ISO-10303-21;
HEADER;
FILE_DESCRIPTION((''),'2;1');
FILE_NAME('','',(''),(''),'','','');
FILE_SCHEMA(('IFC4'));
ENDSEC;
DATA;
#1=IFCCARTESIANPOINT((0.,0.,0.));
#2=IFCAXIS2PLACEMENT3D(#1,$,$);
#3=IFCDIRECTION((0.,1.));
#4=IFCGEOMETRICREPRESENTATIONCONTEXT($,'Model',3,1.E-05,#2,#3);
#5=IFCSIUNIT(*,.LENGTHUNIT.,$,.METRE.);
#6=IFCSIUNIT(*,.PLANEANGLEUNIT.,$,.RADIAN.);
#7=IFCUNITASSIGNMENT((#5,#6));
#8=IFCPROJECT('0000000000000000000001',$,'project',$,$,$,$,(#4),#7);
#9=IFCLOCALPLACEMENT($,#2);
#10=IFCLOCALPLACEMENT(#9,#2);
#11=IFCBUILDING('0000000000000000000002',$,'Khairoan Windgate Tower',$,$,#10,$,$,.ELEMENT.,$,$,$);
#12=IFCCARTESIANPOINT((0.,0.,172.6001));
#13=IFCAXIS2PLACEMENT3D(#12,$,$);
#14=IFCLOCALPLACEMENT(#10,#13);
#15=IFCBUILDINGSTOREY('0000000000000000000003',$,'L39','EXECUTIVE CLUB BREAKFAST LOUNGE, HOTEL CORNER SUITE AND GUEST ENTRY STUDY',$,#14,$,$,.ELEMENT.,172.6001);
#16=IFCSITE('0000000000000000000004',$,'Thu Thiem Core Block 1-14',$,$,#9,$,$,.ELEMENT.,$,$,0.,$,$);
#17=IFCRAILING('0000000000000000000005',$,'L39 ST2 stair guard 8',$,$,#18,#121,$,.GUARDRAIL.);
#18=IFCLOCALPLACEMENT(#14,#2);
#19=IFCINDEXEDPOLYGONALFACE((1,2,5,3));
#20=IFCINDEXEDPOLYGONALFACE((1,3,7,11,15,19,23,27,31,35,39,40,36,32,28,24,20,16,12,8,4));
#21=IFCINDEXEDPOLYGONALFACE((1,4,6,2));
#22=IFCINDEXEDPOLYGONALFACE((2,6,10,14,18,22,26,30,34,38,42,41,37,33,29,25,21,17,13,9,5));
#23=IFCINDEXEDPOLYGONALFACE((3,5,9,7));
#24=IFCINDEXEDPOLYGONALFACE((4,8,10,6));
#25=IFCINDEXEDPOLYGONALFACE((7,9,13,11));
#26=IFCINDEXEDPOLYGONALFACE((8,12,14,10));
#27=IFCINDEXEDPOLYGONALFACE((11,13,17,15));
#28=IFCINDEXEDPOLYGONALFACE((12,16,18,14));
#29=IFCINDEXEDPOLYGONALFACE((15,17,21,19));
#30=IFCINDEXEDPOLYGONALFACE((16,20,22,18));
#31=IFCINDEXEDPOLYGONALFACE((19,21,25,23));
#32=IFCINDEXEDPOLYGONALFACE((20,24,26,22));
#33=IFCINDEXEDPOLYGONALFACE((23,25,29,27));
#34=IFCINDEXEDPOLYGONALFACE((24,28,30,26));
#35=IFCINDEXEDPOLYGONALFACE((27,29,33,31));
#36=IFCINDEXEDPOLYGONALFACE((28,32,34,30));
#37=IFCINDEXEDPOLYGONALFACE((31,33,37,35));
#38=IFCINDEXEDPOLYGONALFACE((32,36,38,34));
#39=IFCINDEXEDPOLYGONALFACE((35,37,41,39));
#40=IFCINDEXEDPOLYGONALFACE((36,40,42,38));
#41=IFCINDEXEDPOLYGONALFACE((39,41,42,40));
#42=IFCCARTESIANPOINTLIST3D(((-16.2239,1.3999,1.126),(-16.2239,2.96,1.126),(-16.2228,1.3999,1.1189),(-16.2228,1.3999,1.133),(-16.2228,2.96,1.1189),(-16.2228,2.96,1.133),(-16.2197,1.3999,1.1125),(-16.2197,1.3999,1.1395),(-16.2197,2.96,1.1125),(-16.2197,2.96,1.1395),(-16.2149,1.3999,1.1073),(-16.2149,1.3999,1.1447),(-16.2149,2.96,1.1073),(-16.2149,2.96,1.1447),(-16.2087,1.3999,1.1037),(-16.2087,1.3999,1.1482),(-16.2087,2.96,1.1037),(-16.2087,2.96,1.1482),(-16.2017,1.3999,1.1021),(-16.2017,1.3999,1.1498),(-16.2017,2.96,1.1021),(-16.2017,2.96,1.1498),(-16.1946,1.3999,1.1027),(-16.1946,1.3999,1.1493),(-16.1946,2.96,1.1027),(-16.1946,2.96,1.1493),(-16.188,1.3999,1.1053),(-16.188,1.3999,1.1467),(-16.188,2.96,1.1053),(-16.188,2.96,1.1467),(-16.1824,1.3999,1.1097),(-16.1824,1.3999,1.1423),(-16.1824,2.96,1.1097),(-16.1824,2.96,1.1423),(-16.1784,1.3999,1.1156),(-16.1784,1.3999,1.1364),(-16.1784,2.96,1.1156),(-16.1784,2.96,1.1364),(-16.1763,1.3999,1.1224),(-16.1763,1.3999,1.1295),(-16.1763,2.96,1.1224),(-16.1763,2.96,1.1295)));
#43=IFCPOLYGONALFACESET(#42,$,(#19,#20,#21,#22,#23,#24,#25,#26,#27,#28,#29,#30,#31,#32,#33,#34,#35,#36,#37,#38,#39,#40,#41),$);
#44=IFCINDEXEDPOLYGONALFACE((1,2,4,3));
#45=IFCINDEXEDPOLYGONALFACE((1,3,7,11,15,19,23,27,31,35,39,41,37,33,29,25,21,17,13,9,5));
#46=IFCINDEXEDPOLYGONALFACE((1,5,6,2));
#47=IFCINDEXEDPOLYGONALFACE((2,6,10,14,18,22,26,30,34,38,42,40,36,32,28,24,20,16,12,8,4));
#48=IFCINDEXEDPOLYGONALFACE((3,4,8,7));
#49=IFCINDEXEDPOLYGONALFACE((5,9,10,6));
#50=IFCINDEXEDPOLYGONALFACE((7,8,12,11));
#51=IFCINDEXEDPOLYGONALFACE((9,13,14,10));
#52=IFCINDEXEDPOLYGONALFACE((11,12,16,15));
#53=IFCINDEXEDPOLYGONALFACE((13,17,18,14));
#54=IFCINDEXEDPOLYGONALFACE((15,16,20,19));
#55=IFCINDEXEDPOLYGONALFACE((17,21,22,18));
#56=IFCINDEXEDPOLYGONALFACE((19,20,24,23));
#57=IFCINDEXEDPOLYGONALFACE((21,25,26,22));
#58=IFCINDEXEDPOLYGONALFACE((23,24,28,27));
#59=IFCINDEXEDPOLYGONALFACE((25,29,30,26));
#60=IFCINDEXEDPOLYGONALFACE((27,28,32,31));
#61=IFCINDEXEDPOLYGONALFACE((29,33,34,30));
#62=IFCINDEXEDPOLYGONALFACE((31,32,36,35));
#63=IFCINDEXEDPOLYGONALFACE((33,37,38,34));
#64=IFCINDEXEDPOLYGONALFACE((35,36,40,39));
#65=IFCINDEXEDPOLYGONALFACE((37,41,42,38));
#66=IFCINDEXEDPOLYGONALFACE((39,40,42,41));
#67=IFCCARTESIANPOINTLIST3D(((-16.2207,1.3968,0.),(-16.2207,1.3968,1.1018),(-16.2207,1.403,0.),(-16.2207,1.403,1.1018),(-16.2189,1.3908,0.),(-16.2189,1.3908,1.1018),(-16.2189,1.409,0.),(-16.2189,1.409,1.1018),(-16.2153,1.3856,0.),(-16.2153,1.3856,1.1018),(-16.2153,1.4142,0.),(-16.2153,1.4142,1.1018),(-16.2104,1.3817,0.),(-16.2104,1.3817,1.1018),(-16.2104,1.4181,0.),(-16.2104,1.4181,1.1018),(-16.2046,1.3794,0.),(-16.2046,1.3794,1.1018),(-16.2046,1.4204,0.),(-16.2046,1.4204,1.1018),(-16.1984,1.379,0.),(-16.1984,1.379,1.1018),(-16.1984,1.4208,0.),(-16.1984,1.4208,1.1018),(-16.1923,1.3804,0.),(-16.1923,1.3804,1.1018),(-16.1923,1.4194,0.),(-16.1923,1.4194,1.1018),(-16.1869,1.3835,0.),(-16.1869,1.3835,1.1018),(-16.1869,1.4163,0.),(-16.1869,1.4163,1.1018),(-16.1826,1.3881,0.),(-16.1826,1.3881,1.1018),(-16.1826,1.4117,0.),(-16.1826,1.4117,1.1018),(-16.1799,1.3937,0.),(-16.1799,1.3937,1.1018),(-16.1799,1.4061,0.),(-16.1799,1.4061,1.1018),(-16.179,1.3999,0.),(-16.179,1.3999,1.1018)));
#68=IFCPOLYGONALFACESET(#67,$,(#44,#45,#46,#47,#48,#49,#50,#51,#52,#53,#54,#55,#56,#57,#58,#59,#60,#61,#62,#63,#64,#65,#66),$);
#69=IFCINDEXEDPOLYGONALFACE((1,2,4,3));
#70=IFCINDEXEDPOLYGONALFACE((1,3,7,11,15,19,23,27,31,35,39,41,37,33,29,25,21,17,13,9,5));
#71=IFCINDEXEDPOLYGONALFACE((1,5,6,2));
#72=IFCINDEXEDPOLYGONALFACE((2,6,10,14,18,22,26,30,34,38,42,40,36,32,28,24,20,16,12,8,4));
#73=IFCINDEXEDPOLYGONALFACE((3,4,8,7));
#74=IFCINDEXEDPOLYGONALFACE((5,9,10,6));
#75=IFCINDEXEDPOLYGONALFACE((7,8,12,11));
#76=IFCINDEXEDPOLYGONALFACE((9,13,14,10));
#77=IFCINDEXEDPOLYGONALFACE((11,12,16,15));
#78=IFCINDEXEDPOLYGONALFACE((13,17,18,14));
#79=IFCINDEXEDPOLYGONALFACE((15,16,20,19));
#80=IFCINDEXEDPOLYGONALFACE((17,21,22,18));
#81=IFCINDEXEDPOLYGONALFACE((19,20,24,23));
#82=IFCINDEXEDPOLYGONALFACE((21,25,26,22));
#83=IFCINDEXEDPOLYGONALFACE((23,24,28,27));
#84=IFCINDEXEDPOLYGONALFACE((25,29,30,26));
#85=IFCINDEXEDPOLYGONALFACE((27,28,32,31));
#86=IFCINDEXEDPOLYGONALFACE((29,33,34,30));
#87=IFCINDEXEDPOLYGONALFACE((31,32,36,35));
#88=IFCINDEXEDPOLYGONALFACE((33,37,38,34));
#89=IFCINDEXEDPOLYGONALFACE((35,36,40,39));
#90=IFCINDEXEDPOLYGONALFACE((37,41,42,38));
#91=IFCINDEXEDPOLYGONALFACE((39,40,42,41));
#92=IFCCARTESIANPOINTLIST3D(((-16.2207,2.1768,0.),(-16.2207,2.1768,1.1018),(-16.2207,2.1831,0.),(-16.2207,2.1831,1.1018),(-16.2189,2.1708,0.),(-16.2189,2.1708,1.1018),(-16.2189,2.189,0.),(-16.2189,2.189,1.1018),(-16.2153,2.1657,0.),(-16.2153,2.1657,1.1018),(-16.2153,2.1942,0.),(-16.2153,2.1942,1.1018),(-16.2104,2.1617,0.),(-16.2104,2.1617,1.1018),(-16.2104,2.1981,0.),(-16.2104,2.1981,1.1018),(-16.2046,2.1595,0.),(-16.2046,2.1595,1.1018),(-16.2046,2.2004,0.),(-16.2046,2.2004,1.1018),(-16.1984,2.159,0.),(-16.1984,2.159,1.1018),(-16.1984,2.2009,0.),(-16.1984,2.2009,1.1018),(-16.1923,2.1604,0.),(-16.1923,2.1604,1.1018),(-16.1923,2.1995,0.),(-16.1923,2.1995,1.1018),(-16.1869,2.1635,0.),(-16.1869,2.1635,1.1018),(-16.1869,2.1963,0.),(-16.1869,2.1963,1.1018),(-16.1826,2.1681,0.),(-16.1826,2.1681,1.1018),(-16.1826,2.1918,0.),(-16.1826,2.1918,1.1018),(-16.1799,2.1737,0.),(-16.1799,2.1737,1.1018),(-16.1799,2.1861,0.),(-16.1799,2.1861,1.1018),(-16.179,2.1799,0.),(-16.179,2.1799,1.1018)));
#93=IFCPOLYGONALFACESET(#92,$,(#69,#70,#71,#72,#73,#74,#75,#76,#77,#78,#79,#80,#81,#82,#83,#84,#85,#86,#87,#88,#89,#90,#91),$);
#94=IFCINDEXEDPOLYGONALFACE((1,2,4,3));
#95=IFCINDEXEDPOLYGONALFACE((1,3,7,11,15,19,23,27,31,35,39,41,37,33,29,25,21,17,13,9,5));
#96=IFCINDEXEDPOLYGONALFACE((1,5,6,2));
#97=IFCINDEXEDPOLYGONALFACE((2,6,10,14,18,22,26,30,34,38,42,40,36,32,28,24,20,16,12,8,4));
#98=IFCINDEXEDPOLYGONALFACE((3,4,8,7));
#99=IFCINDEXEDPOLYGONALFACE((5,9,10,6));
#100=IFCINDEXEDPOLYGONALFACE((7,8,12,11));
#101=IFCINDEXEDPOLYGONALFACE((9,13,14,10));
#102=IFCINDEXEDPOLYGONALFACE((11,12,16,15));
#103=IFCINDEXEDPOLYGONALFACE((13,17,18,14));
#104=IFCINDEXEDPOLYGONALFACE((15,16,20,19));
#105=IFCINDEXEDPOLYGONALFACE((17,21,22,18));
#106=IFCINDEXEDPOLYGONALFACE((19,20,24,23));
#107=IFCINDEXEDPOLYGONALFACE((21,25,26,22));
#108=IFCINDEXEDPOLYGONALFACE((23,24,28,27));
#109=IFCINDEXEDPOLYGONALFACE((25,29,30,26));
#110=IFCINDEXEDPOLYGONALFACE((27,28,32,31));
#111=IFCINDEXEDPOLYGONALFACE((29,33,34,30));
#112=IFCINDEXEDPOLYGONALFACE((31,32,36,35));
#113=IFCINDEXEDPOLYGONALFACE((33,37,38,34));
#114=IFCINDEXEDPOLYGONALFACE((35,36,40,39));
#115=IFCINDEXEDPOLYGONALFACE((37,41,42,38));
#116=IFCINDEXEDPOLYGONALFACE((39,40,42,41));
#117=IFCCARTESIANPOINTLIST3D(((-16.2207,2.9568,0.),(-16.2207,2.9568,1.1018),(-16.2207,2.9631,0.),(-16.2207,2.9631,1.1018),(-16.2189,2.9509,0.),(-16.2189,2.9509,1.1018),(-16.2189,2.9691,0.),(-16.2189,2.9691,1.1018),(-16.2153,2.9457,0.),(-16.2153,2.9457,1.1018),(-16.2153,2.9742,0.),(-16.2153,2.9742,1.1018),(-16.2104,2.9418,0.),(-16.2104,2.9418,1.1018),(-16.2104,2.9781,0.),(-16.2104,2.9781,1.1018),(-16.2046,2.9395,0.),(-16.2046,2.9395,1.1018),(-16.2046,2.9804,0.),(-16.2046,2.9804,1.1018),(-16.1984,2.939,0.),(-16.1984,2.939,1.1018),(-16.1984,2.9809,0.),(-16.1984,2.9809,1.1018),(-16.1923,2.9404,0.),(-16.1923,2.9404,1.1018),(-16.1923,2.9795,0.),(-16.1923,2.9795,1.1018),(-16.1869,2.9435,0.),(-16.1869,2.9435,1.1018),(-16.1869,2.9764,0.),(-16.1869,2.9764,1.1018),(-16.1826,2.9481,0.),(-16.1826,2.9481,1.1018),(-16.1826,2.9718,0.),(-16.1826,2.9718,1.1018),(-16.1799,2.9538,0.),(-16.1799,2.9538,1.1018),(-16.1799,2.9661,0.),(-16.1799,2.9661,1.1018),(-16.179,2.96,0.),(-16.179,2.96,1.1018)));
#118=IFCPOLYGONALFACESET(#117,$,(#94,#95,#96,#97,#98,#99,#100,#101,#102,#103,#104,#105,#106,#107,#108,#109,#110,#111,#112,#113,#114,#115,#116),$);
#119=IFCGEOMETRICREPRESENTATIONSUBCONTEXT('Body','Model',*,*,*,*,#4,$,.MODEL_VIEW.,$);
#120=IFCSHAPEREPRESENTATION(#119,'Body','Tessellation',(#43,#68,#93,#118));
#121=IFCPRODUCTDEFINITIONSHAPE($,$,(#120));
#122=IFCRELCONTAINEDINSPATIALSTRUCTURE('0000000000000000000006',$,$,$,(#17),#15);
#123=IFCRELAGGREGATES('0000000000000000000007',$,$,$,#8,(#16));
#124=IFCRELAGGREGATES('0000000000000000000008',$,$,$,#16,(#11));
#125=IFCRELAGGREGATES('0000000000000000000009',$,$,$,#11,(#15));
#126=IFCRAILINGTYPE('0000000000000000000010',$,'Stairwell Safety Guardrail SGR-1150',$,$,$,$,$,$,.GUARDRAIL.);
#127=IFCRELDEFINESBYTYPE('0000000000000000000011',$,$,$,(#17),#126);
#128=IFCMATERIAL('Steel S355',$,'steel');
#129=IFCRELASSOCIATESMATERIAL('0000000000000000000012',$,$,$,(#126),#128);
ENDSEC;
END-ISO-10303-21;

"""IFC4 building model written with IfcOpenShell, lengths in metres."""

from ifc_helpers import new_model, si_unit, direction, frame, origin, origin_2d, place, context, subcontext, project, spatial, circle, extrude, material, type_object, element, save


model = new_model("IFC4")

# Units and contexts
model_context = context("Model", 3, precision=1e-05, world=origin(), true_north=direction((0.0, 1.0)))
body_context = subcontext(model_context, "Body", "Model", "MODEL_VIEW")
ifc_project = project(units=[si_unit("LENGTHUNIT", "METRE"), si_unit("PLANEANGLEUNIT", "RADIAN")], contexts=[model_context])

# Site, building, storey
site_placement = place(None, origin())
site = spatial("IfcSite", under=ifc_project, at=site_placement, Name="Thu Thiem Core Block 1-14", CompositionType="ELEMENT", RefElevation=0.0)
building_placement = place(site_placement, origin())
building = spatial("IfcBuilding", under=site, at=building_placement, Name="Khairoan Windgate Tower", CompositionType="ELEMENT")
storey_placement = place(building_placement, frame((0.0, 0.0, 172.6001)))
storey = spatial("IfcBuildingStorey", under=building, at=storey_placement, Name="L39", Description="EXECUTIVE CLUB BREAKFAST LOUNGE, HOTEL CORNER SUITE AND GUEST ENTRY STUDY", CompositionType="ELEMENT", Elevation=172.6001)

# Railing
ifc_material_1 = material(Name="Steel S355", Category="steel")
railing_type_1 = type_object("IfcRailingType", Name="Stairwell Safety Guardrail SGR-1150", PredefinedType="GUARDRAIL", material=ifc_material_1)
railing_1_placement = place(storey_placement, frame((-16.2, 1.3999, 0.0)))
element("IfcRailing", 1, at=railing_1_placement, inside=storey, type_object=railing_type_1, Name="L39 ST2 stair guard 8", PredefinedType="GUARDRAIL", context=body_context, shape_type="SweptSolid", body=[
    extrude(circle(Radius=0.0239, at=origin_2d()), frame((0.0, 0.0, 1.126), z_axis=(0.0, 1.0, 0.0), x_axis=(-1.0, 0.0, 0.0)), (0.0, 0.0, 1.0), 1.5601),
    extrude(circle(Radius=0.021, at=origin_2d()), origin(), (0.0, 0.0, 1.0), 1.1018),
    extrude(circle(Radius=0.021, at=origin_2d()), frame((0.0, 0.78, 0.0)), (0.0, 0.0, 1.0), 1.1018),
    extrude(circle(Radius=0.021, at=origin_2d()), frame((0.0, 1.5601, 0.0)), (0.0, 0.0, 1.0), 1.1018),
])

save(model, "model.ifc")
